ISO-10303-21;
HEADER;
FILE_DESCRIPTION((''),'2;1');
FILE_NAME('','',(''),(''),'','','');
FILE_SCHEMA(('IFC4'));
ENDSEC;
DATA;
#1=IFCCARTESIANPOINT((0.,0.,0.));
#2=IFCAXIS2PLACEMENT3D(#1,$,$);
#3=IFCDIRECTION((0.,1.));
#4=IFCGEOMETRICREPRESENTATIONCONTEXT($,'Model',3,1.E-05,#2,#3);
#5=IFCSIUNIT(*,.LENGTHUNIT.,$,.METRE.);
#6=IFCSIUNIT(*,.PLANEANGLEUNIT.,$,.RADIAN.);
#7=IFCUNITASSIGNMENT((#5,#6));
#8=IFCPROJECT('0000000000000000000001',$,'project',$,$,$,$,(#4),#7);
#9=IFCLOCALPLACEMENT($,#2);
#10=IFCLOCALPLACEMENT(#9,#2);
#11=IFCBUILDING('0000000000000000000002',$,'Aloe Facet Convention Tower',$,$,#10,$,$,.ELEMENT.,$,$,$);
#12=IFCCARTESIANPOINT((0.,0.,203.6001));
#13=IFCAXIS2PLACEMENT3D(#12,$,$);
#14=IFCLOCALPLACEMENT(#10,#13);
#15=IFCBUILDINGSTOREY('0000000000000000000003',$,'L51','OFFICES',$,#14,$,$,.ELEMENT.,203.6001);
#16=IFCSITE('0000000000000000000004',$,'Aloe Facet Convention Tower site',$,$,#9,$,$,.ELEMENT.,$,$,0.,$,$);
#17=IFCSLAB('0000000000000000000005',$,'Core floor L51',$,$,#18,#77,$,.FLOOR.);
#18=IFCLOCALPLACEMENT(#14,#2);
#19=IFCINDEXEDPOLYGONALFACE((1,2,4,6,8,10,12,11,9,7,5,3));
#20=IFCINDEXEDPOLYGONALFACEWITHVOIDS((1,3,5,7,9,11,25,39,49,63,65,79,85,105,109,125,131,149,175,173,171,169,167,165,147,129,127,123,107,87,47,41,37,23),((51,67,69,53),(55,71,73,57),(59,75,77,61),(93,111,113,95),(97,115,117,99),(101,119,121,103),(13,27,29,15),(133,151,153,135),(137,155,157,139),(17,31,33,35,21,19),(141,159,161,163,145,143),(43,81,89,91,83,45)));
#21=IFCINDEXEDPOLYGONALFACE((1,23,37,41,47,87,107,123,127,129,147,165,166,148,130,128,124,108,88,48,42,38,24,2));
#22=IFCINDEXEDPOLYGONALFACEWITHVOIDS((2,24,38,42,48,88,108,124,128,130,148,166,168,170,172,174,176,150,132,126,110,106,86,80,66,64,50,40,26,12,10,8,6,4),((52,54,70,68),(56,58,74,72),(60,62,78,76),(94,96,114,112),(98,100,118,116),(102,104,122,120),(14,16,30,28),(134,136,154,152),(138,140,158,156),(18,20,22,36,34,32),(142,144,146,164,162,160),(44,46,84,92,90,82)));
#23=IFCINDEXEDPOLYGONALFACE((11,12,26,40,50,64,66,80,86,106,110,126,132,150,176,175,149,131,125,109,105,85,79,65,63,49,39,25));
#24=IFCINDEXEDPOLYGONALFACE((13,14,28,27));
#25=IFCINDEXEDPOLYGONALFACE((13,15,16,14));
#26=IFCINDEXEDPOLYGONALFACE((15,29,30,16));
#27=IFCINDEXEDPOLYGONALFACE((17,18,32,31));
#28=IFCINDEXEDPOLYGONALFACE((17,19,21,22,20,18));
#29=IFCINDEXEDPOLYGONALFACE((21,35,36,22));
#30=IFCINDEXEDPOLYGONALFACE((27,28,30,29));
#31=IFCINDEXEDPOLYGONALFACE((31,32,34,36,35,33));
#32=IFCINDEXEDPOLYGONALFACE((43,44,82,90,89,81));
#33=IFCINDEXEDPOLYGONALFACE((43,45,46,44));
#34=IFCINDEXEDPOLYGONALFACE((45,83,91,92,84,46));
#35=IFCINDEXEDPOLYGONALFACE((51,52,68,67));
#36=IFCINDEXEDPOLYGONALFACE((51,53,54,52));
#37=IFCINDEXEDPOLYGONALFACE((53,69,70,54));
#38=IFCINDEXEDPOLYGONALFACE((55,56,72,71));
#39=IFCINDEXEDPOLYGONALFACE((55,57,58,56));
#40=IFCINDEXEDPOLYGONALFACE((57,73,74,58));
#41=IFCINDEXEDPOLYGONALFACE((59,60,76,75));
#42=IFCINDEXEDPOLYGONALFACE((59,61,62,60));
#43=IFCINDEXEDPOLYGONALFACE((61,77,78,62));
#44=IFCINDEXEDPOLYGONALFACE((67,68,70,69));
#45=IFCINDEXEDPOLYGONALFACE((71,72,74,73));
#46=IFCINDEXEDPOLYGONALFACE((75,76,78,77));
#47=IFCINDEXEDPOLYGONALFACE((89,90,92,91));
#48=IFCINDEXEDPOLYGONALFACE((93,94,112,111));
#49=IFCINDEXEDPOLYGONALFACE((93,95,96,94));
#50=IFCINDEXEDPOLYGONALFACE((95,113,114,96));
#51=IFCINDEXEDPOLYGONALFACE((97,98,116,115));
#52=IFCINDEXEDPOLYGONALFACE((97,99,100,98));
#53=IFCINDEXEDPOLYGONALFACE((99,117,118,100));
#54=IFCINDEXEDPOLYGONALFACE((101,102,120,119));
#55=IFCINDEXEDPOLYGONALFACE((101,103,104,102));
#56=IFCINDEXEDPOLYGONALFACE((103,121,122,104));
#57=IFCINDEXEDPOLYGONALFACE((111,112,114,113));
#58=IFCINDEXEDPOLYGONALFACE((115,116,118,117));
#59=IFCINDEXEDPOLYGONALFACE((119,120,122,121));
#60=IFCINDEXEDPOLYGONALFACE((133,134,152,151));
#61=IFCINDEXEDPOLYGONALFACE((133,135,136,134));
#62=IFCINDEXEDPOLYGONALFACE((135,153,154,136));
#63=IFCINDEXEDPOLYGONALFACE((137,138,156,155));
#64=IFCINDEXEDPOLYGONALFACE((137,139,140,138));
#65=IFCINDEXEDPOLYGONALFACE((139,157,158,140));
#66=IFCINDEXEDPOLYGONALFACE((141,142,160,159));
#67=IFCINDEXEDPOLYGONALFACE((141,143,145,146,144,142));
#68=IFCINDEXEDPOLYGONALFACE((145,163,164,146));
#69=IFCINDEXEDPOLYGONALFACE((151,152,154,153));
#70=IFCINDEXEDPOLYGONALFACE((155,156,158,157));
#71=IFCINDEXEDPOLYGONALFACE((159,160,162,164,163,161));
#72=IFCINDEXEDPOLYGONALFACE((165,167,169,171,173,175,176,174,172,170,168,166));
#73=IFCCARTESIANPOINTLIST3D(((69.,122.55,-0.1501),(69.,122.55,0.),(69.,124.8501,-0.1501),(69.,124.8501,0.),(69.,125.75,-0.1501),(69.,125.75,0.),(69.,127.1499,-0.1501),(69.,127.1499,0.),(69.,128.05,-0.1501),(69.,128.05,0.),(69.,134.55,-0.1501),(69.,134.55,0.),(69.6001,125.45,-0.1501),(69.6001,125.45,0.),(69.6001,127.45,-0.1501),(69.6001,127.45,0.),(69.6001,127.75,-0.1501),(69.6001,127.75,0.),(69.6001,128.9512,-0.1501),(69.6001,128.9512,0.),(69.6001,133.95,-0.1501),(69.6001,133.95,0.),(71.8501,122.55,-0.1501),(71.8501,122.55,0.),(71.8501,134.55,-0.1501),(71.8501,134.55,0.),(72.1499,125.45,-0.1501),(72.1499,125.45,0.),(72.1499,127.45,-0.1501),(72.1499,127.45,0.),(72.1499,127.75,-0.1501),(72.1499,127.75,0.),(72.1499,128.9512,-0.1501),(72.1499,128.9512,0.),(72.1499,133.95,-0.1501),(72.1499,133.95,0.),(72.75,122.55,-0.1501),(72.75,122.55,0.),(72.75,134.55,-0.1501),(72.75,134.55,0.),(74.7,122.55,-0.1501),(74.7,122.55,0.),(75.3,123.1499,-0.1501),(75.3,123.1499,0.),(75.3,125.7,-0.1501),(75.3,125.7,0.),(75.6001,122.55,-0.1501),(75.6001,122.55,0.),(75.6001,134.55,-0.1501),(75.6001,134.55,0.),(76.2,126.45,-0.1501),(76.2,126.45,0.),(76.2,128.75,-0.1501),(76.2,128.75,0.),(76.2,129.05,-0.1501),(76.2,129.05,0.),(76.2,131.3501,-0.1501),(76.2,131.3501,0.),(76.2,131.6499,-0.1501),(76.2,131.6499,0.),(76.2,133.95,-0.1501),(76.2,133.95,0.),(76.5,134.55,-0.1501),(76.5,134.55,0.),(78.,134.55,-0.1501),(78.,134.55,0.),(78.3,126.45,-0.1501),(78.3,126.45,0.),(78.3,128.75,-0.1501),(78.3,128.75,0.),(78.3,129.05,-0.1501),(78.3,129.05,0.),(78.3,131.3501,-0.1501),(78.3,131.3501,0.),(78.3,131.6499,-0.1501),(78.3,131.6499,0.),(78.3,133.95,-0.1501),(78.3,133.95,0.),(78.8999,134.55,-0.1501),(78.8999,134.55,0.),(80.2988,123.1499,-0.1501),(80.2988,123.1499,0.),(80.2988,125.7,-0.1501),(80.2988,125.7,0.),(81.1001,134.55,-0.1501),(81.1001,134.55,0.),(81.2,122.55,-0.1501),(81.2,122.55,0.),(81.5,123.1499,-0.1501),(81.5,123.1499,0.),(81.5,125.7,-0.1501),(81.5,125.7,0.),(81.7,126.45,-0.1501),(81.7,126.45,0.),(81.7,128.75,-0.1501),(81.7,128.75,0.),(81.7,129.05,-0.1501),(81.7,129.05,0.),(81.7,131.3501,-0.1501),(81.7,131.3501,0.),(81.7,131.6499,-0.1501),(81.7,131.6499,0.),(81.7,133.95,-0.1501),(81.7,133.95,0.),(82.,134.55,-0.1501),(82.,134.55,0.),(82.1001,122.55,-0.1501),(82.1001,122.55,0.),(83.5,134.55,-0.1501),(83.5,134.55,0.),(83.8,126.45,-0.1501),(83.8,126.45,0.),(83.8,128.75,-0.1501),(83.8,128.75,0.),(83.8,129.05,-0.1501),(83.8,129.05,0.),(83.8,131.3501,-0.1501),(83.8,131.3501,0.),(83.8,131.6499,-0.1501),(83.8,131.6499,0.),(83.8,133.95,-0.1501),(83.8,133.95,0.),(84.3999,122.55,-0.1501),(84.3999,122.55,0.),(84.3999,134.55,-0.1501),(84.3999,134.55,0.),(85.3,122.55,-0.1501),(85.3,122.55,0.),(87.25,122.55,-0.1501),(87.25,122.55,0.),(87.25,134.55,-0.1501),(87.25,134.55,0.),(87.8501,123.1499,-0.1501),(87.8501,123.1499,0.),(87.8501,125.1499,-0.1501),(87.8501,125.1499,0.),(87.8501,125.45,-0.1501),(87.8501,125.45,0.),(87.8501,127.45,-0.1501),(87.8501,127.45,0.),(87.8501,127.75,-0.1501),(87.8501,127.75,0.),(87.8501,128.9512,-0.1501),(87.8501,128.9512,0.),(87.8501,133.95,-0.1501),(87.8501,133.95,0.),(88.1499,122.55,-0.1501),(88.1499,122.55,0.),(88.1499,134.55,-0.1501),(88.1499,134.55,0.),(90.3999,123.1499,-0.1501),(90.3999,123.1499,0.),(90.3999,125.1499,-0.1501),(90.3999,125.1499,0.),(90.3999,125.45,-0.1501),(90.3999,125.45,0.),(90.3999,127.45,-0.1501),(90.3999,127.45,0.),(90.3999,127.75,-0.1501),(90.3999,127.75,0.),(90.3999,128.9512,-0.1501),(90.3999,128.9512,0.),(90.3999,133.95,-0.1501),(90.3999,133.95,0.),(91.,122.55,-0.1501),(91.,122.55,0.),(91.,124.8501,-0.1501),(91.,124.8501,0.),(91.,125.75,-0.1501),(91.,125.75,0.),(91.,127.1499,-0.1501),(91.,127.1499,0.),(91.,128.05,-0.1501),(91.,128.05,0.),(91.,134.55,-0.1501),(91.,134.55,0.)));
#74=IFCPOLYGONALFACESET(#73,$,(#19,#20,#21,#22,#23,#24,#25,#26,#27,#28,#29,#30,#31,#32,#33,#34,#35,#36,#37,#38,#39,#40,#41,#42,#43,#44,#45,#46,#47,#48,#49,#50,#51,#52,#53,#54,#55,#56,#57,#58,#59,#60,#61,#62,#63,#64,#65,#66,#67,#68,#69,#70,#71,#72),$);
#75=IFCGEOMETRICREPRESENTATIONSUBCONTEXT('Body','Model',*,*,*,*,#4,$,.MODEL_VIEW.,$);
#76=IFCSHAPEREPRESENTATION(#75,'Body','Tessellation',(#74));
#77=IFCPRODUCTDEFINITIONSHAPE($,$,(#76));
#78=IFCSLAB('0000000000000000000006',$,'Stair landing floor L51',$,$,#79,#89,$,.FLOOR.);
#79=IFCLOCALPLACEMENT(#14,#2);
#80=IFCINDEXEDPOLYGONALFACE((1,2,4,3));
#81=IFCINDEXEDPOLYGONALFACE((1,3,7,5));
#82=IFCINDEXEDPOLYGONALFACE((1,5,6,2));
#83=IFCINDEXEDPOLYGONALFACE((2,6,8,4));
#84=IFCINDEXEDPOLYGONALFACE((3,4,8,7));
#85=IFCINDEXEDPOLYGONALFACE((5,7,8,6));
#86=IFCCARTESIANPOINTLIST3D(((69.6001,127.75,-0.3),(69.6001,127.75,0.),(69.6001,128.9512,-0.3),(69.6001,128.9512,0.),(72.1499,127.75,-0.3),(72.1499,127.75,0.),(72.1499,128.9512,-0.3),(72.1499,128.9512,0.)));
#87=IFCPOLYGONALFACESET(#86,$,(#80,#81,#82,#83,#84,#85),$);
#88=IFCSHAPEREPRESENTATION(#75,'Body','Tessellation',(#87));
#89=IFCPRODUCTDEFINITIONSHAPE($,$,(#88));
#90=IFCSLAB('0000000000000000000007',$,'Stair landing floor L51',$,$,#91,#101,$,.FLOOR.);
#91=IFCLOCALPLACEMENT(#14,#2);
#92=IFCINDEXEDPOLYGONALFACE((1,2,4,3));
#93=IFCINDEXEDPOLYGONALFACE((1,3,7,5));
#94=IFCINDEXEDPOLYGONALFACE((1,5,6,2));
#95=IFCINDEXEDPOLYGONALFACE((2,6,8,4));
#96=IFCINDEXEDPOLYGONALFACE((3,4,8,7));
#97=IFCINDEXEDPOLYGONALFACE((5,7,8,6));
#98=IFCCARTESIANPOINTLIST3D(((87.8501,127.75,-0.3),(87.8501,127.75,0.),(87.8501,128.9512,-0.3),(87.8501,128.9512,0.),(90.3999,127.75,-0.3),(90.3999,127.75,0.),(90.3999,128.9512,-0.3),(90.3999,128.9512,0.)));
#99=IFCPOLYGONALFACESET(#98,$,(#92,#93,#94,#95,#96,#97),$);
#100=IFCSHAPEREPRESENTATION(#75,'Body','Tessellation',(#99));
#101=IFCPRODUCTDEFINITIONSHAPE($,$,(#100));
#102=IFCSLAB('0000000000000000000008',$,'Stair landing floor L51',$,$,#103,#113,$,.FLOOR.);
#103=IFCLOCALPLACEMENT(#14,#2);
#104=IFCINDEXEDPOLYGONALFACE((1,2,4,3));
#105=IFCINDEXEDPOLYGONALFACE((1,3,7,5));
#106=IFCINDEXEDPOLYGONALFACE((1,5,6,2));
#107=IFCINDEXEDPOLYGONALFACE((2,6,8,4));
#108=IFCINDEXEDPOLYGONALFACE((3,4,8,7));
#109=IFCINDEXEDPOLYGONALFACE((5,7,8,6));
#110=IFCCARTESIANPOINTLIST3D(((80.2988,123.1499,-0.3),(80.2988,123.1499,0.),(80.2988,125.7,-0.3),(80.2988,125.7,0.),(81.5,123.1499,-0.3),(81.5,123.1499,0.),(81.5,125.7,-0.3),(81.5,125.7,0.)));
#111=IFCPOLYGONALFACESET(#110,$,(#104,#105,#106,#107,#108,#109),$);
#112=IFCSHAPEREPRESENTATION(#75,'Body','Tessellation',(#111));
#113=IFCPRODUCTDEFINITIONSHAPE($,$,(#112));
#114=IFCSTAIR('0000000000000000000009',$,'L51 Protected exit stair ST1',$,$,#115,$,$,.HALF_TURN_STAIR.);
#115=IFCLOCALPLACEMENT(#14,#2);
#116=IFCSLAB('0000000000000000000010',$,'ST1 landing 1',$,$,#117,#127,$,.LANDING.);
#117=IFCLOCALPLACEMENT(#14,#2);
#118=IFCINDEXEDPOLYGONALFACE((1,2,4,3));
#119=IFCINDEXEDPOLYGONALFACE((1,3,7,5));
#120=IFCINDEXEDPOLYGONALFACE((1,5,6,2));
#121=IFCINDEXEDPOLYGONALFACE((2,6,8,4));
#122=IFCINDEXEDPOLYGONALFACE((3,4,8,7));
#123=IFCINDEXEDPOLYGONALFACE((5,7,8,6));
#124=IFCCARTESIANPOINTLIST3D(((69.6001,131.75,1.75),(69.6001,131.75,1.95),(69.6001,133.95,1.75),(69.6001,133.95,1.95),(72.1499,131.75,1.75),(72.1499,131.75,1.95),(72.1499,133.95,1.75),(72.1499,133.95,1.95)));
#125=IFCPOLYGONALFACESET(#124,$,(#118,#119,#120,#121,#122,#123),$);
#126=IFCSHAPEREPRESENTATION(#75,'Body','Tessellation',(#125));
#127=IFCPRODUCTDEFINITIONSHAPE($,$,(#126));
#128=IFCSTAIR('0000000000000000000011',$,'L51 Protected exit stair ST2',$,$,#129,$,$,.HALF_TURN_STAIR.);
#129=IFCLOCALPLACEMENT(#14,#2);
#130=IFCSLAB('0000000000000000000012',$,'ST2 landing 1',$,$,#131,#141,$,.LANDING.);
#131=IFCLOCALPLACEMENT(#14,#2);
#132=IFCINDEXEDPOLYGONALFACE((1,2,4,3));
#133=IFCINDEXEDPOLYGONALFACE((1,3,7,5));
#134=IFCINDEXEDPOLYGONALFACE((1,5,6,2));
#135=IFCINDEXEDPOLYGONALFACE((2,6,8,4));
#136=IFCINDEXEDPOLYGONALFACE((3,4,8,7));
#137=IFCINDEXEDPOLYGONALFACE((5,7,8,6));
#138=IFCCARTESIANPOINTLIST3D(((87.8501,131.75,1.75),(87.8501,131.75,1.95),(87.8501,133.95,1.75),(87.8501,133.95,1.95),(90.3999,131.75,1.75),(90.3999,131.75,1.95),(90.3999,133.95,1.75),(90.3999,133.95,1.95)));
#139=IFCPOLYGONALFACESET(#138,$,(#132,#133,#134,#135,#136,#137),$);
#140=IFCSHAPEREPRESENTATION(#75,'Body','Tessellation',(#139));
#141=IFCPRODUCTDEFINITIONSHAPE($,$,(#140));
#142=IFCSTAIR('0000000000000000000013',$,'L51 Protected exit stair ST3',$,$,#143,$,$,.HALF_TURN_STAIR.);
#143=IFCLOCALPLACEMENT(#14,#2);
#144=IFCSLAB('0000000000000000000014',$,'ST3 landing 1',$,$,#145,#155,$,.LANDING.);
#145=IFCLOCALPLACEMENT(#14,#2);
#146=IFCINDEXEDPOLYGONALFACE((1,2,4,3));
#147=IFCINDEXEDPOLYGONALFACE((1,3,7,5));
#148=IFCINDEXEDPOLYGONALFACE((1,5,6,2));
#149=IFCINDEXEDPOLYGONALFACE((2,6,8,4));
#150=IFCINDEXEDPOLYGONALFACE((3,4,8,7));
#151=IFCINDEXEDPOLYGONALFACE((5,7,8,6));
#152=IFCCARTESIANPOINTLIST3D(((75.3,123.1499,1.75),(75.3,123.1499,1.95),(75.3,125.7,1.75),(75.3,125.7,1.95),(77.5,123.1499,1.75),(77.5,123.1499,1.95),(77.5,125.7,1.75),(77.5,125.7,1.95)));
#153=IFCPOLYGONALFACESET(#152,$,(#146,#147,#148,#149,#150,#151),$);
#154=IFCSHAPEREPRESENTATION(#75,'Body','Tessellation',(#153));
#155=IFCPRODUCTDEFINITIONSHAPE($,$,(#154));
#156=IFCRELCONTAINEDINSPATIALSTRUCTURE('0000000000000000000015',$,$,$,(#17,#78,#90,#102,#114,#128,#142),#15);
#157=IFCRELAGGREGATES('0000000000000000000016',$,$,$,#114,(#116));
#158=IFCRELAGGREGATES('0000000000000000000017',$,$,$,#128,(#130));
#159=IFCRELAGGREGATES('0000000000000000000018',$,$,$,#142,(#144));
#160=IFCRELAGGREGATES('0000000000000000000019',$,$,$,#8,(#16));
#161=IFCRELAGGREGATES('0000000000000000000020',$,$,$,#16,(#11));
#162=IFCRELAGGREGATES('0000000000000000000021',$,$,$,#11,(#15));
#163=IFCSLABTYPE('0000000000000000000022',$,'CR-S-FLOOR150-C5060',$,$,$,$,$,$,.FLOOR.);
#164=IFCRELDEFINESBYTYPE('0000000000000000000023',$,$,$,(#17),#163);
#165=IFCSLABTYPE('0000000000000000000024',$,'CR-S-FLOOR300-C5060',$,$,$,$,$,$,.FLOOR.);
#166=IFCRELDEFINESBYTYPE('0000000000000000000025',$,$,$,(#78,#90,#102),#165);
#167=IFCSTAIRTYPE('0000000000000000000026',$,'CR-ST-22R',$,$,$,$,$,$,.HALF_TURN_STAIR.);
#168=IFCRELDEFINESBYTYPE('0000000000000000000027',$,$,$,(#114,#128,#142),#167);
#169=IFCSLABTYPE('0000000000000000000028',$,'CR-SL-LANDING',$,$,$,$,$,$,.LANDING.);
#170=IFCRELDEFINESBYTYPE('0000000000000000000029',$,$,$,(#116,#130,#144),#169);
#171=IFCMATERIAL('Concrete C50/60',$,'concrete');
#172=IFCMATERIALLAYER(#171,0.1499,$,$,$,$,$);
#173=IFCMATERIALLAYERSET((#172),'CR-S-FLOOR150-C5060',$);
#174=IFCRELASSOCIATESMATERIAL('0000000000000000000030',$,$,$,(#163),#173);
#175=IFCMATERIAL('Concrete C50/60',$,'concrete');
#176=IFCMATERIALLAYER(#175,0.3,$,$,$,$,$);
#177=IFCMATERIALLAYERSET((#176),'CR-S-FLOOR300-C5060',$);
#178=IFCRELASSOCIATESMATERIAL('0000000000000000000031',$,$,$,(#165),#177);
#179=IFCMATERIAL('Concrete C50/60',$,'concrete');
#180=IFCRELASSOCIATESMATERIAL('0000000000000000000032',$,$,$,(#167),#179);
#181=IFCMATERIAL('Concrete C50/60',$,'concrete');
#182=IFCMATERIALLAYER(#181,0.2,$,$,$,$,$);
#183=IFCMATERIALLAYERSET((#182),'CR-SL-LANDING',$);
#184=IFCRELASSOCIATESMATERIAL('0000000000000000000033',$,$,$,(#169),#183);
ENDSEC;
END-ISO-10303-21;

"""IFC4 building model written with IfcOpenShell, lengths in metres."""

from ifc_helpers import new_model, si_unit, direction, frame, origin, place, context, subcontext, project, spatial, polyline, outline, extrude, material, layer, layer_set, type_object, element, aggregate, save


model = new_model("IFC4")

# Units and contexts
model_context = context("Model", 3, precision=1e-05, world=origin(), true_north=direction((0.0, 1.0)))
body_context = subcontext(model_context, "Body", "Model", "MODEL_VIEW")
ifc_project = project(units=[si_unit("LENGTHUNIT", "METRE"), si_unit("PLANEANGLEUNIT", "RADIAN")], contexts=[model_context])

# Site, building, storey
site_placement = place(None, origin())
site = spatial("IfcSite", under=ifc_project, at=site_placement, Name="Aloe Facet Convention Tower site", CompositionType="ELEMENT", RefElevation=0.0)
building_placement = place(site_placement, origin())
building = spatial("IfcBuilding", under=site, at=building_placement, Name="Aloe Facet Convention Tower", CompositionType="ELEMENT")
storey_placement = place(building_placement, frame((0.0, 0.0, 203.6001)))
storey = spatial("IfcBuildingStorey", under=building, at=storey_placement, Name="L51", Description="OFFICES", CompositionType="ELEMENT", Elevation=203.6001)

# Slabs
ifc_material_1 = material(Name="Concrete C50/60", Category="concrete")
ifc_layer_1 = layer(ifc_material_1, 0.1499)
ifc_layer_set_1 = layer_set([ifc_layer_1], Name="CR-S-FLOOR150-C5060")
slab_type_1 = type_object("IfcSlabType", Name="CR-S-FLOOR150-C5060", PredefinedType="FLOOR", material=ifc_layer_set_1)
slab_1_placement = place(storey_placement, frame((0.0, 0.0, -0.1501)))
element("IfcSlab", 1, at=slab_1_placement, inside=storey, type_object=slab_type_1, Name="Core floor L51", PredefinedType="FLOOR", context=body_context, shape_type="SweptSolid", body=[
    extrude(outline(polyline([(71.8501, 134.55), (72.75, 134.55), (75.6001, 134.55), (76.5, 134.55), (78.0, 134.55), (78.8999, 134.55), (81.1001, 134.55), (82.0, 134.55), (83.5, 134.55), (84.3999, 134.55), (87.25, 134.55), (88.1499, 134.55), (91.0, 134.55), (91.0, 128.05), (91.0, 127.1499), (91.0, 125.75), (91.0, 124.8501), (91.0, 122.55), (88.1499, 122.55), (87.25, 122.55), (85.3, 122.55), (84.3999, 122.55), (82.1001, 122.55), (81.2, 122.55), (75.6001, 122.55), (74.7, 122.55), (72.75, 122.55), (71.8501, 122.55), (69.0, 122.55), (69.0, 124.8501), (69.0, 125.75), (69.0, 127.1499), (69.0, 128.05), (69.0, 134.55), (71.8501, 134.55)]), holes=[polyline([(80.2988, 123.1499), (81.5, 123.1499), (81.5, 125.7), (80.2988, 125.7), (75.3, 125.7), (75.3, 123.1499), (80.2988, 123.1499)]), polyline([(69.6001, 125.45), (72.1499, 125.45), (72.1499, 127.45), (69.6001, 127.45), (69.6001, 125.45)]), polyline([(76.2, 126.45), (78.3, 126.45), (78.3, 128.75), (76.2, 128.75), (76.2, 126.45)]), polyline([(78.3, 129.05), (78.3, 131.3501), (76.2, 131.3501), (76.2, 129.05), (78.3, 129.05)]), polyline([(69.6001, 133.95), (69.6001, 128.9512), (69.6001, 127.75), (72.1499, 127.75), (72.1499, 128.9512), (72.1499, 133.95), (69.6001, 133.95)]), polyline([(76.2, 131.6499), (78.3, 131.6499), (78.3, 133.95), (76.2, 133.95), (76.2, 131.6499)]), polyline([(90.3999, 123.1499), (90.3999, 125.1499), (87.8501, 125.1499), (87.8501, 123.1499), (90.3999, 123.1499)]), polyline([(87.8501, 125.45), (90.3999, 125.45), (90.3999, 127.45), (87.8501, 127.45), (87.8501, 125.45)]), polyline([(81.7, 126.45), (83.8, 126.45), (83.8, 128.75), (81.7, 128.75), (81.7, 126.45)]), polyline([(83.8, 129.05), (83.8, 131.3501), (81.7, 131.3501), (81.7, 129.05), (83.8, 129.05)]), polyline([(87.8501, 133.95), (87.8501, 128.9512), (87.8501, 127.75), (90.3999, 127.75), (90.3999, 128.9512), (90.3999, 133.95), (87.8501, 133.95)]), polyline([(81.7, 131.6499), (83.8, 131.6499), (83.8, 133.95), (81.7, 133.95), (81.7, 131.6499)])]), origin(), (0.0, 0.0, 1.0), 0.1501),
])
ifc_material_2 = material(Name="Concrete C50/60", Category="concrete")
ifc_layer_2 = layer(ifc_material_2, 0.3)
ifc_layer_set_2 = layer_set([ifc_layer_2], Name="CR-S-FLOOR300-C5060")
slab_type_2 = type_object("IfcSlabType", Name="CR-S-FLOOR300-C5060", PredefinedType="FLOOR", material=ifc_layer_set_2)
slab_2_placement = place(storey_placement, frame((0.0, 0.0, -0.3)))
element("IfcSlab", 2, at=slab_2_placement, inside=storey, type_object=slab_type_2, Name="Stair landing floor L51", PredefinedType="FLOOR", context=body_context, shape_type="SweptSolid", body=[
    extrude(outline(polyline([(72.1499, 127.75), (72.1499, 128.9512), (69.6001, 128.9512), (69.6001, 127.75), (72.1499, 127.75)])), origin(), (0.0, 0.0, 1.0), 0.3),
])
slab_3_placement = place(storey_placement, frame((0.0, 0.0, -0.3)))
element("IfcSlab", 3, at=slab_3_placement, inside=storey, type_object=slab_type_2, Name="Stair landing floor L51", PredefinedType="FLOOR", context=body_context, shape_type="SweptSolid", body=[
    extrude(outline(polyline([(90.3999, 127.75), (90.3999, 128.9512), (87.8501, 128.9512), (87.8501, 127.75), (90.3999, 127.75)])), origin(), (0.0, 0.0, 1.0), 0.3),
])
slab_4_placement = place(storey_placement, frame((0.0, 0.0, -0.3)))
element("IfcSlab", 4, at=slab_4_placement, inside=storey, type_object=slab_type_2, Name="Stair landing floor L51", PredefinedType="FLOOR", context=body_context, shape_type="SweptSolid", body=[
    extrude(outline(polyline([(81.5, 125.7), (80.2988, 125.7), (80.2988, 123.1499), (81.5, 123.1499), (81.5, 125.7)])), origin(), (0.0, 0.0, 1.0), 0.3),
])

# Stairs, slabs
ifc_material_3 = material(Name="Concrete C50/60", Category="concrete")
stair_type = type_object("IfcStairType", Name="CR-ST-22R", PredefinedType="HALF_TURN_STAIR", material=ifc_material_3)
stair_1_placement = place(storey_placement, origin())
stair_1 = element("IfcStair", 5, at=stair_1_placement, inside=storey, type_object=stair_type, Name="L51 Protected exit stair ST1", PredefinedType="HALF_TURN_STAIR")
ifc_material_4 = material(Name="Concrete C50/60", Category="concrete")
ifc_layer_3 = layer(ifc_material_4, 0.2)
ifc_layer_set_3 = layer_set([ifc_layer_3], Name="CR-SL-LANDING")
slab_type_3 = type_object("IfcSlabType", Name="CR-SL-LANDING", PredefinedType="LANDING", material=ifc_layer_set_3)
slab_5_placement = place(storey_placement, frame((0.0, 0.0, 1.75)))
slab_5 = element("IfcSlab", 6, at=slab_5_placement, type_object=slab_type_3, Name="ST1 landing 1", PredefinedType="LANDING", context=body_context, shape_type="SweptSolid", body=[
    extrude(outline(polyline([(72.1499, 131.75), (72.1499, 133.95), (69.6001, 133.95), (69.6001, 131.75), (72.1499, 131.75)])), origin(), (0.0, 0.0, 1.0), 0.2),
])
aggregate(stair_1, [slab_5])
stair_2_placement = place(storey_placement, origin())
stair_2 = element("IfcStair", 7, at=stair_2_placement, inside=storey, type_object=stair_type, Name="L51 Protected exit stair ST2", PredefinedType="HALF_TURN_STAIR")
slab_6_placement = place(storey_placement, frame((0.0, 0.0, 1.75)))
slab_6 = element("IfcSlab", 8, at=slab_6_placement, type_object=slab_type_3, Name="ST2 landing 1", PredefinedType="LANDING", context=body_context, shape_type="SweptSolid", body=[
    extrude(outline(polyline([(90.3999, 131.75), (90.3999, 133.95), (87.8501, 133.95), (87.8501, 131.75), (90.3999, 131.75)])), origin(), (0.0, 0.0, 1.0), 0.2),
])
aggregate(stair_2, [slab_6])
stair_3_placement = place(storey_placement, origin())
stair_3 = element("IfcStair", 9, at=stair_3_placement, inside=storey, type_object=stair_type, Name="L51 Protected exit stair ST3", PredefinedType="HALF_TURN_STAIR")
slab_7_placement = place(storey_placement, frame((0.0, 0.0, 1.75)))
slab_7 = element("IfcSlab", 10, at=slab_7_placement, type_object=slab_type_3, Name="ST3 landing 1", PredefinedType="LANDING", context=body_context, shape_type="SweptSolid", body=[
    extrude(outline(polyline([(77.5, 125.7), (75.3, 125.7), (75.3, 123.1499), (77.5, 123.1499), (77.5, 125.7)])), origin(), (0.0, 0.0, 1.0), 0.2),
])
aggregate(stair_3, [slab_7])

save(model, "model.ifc")
